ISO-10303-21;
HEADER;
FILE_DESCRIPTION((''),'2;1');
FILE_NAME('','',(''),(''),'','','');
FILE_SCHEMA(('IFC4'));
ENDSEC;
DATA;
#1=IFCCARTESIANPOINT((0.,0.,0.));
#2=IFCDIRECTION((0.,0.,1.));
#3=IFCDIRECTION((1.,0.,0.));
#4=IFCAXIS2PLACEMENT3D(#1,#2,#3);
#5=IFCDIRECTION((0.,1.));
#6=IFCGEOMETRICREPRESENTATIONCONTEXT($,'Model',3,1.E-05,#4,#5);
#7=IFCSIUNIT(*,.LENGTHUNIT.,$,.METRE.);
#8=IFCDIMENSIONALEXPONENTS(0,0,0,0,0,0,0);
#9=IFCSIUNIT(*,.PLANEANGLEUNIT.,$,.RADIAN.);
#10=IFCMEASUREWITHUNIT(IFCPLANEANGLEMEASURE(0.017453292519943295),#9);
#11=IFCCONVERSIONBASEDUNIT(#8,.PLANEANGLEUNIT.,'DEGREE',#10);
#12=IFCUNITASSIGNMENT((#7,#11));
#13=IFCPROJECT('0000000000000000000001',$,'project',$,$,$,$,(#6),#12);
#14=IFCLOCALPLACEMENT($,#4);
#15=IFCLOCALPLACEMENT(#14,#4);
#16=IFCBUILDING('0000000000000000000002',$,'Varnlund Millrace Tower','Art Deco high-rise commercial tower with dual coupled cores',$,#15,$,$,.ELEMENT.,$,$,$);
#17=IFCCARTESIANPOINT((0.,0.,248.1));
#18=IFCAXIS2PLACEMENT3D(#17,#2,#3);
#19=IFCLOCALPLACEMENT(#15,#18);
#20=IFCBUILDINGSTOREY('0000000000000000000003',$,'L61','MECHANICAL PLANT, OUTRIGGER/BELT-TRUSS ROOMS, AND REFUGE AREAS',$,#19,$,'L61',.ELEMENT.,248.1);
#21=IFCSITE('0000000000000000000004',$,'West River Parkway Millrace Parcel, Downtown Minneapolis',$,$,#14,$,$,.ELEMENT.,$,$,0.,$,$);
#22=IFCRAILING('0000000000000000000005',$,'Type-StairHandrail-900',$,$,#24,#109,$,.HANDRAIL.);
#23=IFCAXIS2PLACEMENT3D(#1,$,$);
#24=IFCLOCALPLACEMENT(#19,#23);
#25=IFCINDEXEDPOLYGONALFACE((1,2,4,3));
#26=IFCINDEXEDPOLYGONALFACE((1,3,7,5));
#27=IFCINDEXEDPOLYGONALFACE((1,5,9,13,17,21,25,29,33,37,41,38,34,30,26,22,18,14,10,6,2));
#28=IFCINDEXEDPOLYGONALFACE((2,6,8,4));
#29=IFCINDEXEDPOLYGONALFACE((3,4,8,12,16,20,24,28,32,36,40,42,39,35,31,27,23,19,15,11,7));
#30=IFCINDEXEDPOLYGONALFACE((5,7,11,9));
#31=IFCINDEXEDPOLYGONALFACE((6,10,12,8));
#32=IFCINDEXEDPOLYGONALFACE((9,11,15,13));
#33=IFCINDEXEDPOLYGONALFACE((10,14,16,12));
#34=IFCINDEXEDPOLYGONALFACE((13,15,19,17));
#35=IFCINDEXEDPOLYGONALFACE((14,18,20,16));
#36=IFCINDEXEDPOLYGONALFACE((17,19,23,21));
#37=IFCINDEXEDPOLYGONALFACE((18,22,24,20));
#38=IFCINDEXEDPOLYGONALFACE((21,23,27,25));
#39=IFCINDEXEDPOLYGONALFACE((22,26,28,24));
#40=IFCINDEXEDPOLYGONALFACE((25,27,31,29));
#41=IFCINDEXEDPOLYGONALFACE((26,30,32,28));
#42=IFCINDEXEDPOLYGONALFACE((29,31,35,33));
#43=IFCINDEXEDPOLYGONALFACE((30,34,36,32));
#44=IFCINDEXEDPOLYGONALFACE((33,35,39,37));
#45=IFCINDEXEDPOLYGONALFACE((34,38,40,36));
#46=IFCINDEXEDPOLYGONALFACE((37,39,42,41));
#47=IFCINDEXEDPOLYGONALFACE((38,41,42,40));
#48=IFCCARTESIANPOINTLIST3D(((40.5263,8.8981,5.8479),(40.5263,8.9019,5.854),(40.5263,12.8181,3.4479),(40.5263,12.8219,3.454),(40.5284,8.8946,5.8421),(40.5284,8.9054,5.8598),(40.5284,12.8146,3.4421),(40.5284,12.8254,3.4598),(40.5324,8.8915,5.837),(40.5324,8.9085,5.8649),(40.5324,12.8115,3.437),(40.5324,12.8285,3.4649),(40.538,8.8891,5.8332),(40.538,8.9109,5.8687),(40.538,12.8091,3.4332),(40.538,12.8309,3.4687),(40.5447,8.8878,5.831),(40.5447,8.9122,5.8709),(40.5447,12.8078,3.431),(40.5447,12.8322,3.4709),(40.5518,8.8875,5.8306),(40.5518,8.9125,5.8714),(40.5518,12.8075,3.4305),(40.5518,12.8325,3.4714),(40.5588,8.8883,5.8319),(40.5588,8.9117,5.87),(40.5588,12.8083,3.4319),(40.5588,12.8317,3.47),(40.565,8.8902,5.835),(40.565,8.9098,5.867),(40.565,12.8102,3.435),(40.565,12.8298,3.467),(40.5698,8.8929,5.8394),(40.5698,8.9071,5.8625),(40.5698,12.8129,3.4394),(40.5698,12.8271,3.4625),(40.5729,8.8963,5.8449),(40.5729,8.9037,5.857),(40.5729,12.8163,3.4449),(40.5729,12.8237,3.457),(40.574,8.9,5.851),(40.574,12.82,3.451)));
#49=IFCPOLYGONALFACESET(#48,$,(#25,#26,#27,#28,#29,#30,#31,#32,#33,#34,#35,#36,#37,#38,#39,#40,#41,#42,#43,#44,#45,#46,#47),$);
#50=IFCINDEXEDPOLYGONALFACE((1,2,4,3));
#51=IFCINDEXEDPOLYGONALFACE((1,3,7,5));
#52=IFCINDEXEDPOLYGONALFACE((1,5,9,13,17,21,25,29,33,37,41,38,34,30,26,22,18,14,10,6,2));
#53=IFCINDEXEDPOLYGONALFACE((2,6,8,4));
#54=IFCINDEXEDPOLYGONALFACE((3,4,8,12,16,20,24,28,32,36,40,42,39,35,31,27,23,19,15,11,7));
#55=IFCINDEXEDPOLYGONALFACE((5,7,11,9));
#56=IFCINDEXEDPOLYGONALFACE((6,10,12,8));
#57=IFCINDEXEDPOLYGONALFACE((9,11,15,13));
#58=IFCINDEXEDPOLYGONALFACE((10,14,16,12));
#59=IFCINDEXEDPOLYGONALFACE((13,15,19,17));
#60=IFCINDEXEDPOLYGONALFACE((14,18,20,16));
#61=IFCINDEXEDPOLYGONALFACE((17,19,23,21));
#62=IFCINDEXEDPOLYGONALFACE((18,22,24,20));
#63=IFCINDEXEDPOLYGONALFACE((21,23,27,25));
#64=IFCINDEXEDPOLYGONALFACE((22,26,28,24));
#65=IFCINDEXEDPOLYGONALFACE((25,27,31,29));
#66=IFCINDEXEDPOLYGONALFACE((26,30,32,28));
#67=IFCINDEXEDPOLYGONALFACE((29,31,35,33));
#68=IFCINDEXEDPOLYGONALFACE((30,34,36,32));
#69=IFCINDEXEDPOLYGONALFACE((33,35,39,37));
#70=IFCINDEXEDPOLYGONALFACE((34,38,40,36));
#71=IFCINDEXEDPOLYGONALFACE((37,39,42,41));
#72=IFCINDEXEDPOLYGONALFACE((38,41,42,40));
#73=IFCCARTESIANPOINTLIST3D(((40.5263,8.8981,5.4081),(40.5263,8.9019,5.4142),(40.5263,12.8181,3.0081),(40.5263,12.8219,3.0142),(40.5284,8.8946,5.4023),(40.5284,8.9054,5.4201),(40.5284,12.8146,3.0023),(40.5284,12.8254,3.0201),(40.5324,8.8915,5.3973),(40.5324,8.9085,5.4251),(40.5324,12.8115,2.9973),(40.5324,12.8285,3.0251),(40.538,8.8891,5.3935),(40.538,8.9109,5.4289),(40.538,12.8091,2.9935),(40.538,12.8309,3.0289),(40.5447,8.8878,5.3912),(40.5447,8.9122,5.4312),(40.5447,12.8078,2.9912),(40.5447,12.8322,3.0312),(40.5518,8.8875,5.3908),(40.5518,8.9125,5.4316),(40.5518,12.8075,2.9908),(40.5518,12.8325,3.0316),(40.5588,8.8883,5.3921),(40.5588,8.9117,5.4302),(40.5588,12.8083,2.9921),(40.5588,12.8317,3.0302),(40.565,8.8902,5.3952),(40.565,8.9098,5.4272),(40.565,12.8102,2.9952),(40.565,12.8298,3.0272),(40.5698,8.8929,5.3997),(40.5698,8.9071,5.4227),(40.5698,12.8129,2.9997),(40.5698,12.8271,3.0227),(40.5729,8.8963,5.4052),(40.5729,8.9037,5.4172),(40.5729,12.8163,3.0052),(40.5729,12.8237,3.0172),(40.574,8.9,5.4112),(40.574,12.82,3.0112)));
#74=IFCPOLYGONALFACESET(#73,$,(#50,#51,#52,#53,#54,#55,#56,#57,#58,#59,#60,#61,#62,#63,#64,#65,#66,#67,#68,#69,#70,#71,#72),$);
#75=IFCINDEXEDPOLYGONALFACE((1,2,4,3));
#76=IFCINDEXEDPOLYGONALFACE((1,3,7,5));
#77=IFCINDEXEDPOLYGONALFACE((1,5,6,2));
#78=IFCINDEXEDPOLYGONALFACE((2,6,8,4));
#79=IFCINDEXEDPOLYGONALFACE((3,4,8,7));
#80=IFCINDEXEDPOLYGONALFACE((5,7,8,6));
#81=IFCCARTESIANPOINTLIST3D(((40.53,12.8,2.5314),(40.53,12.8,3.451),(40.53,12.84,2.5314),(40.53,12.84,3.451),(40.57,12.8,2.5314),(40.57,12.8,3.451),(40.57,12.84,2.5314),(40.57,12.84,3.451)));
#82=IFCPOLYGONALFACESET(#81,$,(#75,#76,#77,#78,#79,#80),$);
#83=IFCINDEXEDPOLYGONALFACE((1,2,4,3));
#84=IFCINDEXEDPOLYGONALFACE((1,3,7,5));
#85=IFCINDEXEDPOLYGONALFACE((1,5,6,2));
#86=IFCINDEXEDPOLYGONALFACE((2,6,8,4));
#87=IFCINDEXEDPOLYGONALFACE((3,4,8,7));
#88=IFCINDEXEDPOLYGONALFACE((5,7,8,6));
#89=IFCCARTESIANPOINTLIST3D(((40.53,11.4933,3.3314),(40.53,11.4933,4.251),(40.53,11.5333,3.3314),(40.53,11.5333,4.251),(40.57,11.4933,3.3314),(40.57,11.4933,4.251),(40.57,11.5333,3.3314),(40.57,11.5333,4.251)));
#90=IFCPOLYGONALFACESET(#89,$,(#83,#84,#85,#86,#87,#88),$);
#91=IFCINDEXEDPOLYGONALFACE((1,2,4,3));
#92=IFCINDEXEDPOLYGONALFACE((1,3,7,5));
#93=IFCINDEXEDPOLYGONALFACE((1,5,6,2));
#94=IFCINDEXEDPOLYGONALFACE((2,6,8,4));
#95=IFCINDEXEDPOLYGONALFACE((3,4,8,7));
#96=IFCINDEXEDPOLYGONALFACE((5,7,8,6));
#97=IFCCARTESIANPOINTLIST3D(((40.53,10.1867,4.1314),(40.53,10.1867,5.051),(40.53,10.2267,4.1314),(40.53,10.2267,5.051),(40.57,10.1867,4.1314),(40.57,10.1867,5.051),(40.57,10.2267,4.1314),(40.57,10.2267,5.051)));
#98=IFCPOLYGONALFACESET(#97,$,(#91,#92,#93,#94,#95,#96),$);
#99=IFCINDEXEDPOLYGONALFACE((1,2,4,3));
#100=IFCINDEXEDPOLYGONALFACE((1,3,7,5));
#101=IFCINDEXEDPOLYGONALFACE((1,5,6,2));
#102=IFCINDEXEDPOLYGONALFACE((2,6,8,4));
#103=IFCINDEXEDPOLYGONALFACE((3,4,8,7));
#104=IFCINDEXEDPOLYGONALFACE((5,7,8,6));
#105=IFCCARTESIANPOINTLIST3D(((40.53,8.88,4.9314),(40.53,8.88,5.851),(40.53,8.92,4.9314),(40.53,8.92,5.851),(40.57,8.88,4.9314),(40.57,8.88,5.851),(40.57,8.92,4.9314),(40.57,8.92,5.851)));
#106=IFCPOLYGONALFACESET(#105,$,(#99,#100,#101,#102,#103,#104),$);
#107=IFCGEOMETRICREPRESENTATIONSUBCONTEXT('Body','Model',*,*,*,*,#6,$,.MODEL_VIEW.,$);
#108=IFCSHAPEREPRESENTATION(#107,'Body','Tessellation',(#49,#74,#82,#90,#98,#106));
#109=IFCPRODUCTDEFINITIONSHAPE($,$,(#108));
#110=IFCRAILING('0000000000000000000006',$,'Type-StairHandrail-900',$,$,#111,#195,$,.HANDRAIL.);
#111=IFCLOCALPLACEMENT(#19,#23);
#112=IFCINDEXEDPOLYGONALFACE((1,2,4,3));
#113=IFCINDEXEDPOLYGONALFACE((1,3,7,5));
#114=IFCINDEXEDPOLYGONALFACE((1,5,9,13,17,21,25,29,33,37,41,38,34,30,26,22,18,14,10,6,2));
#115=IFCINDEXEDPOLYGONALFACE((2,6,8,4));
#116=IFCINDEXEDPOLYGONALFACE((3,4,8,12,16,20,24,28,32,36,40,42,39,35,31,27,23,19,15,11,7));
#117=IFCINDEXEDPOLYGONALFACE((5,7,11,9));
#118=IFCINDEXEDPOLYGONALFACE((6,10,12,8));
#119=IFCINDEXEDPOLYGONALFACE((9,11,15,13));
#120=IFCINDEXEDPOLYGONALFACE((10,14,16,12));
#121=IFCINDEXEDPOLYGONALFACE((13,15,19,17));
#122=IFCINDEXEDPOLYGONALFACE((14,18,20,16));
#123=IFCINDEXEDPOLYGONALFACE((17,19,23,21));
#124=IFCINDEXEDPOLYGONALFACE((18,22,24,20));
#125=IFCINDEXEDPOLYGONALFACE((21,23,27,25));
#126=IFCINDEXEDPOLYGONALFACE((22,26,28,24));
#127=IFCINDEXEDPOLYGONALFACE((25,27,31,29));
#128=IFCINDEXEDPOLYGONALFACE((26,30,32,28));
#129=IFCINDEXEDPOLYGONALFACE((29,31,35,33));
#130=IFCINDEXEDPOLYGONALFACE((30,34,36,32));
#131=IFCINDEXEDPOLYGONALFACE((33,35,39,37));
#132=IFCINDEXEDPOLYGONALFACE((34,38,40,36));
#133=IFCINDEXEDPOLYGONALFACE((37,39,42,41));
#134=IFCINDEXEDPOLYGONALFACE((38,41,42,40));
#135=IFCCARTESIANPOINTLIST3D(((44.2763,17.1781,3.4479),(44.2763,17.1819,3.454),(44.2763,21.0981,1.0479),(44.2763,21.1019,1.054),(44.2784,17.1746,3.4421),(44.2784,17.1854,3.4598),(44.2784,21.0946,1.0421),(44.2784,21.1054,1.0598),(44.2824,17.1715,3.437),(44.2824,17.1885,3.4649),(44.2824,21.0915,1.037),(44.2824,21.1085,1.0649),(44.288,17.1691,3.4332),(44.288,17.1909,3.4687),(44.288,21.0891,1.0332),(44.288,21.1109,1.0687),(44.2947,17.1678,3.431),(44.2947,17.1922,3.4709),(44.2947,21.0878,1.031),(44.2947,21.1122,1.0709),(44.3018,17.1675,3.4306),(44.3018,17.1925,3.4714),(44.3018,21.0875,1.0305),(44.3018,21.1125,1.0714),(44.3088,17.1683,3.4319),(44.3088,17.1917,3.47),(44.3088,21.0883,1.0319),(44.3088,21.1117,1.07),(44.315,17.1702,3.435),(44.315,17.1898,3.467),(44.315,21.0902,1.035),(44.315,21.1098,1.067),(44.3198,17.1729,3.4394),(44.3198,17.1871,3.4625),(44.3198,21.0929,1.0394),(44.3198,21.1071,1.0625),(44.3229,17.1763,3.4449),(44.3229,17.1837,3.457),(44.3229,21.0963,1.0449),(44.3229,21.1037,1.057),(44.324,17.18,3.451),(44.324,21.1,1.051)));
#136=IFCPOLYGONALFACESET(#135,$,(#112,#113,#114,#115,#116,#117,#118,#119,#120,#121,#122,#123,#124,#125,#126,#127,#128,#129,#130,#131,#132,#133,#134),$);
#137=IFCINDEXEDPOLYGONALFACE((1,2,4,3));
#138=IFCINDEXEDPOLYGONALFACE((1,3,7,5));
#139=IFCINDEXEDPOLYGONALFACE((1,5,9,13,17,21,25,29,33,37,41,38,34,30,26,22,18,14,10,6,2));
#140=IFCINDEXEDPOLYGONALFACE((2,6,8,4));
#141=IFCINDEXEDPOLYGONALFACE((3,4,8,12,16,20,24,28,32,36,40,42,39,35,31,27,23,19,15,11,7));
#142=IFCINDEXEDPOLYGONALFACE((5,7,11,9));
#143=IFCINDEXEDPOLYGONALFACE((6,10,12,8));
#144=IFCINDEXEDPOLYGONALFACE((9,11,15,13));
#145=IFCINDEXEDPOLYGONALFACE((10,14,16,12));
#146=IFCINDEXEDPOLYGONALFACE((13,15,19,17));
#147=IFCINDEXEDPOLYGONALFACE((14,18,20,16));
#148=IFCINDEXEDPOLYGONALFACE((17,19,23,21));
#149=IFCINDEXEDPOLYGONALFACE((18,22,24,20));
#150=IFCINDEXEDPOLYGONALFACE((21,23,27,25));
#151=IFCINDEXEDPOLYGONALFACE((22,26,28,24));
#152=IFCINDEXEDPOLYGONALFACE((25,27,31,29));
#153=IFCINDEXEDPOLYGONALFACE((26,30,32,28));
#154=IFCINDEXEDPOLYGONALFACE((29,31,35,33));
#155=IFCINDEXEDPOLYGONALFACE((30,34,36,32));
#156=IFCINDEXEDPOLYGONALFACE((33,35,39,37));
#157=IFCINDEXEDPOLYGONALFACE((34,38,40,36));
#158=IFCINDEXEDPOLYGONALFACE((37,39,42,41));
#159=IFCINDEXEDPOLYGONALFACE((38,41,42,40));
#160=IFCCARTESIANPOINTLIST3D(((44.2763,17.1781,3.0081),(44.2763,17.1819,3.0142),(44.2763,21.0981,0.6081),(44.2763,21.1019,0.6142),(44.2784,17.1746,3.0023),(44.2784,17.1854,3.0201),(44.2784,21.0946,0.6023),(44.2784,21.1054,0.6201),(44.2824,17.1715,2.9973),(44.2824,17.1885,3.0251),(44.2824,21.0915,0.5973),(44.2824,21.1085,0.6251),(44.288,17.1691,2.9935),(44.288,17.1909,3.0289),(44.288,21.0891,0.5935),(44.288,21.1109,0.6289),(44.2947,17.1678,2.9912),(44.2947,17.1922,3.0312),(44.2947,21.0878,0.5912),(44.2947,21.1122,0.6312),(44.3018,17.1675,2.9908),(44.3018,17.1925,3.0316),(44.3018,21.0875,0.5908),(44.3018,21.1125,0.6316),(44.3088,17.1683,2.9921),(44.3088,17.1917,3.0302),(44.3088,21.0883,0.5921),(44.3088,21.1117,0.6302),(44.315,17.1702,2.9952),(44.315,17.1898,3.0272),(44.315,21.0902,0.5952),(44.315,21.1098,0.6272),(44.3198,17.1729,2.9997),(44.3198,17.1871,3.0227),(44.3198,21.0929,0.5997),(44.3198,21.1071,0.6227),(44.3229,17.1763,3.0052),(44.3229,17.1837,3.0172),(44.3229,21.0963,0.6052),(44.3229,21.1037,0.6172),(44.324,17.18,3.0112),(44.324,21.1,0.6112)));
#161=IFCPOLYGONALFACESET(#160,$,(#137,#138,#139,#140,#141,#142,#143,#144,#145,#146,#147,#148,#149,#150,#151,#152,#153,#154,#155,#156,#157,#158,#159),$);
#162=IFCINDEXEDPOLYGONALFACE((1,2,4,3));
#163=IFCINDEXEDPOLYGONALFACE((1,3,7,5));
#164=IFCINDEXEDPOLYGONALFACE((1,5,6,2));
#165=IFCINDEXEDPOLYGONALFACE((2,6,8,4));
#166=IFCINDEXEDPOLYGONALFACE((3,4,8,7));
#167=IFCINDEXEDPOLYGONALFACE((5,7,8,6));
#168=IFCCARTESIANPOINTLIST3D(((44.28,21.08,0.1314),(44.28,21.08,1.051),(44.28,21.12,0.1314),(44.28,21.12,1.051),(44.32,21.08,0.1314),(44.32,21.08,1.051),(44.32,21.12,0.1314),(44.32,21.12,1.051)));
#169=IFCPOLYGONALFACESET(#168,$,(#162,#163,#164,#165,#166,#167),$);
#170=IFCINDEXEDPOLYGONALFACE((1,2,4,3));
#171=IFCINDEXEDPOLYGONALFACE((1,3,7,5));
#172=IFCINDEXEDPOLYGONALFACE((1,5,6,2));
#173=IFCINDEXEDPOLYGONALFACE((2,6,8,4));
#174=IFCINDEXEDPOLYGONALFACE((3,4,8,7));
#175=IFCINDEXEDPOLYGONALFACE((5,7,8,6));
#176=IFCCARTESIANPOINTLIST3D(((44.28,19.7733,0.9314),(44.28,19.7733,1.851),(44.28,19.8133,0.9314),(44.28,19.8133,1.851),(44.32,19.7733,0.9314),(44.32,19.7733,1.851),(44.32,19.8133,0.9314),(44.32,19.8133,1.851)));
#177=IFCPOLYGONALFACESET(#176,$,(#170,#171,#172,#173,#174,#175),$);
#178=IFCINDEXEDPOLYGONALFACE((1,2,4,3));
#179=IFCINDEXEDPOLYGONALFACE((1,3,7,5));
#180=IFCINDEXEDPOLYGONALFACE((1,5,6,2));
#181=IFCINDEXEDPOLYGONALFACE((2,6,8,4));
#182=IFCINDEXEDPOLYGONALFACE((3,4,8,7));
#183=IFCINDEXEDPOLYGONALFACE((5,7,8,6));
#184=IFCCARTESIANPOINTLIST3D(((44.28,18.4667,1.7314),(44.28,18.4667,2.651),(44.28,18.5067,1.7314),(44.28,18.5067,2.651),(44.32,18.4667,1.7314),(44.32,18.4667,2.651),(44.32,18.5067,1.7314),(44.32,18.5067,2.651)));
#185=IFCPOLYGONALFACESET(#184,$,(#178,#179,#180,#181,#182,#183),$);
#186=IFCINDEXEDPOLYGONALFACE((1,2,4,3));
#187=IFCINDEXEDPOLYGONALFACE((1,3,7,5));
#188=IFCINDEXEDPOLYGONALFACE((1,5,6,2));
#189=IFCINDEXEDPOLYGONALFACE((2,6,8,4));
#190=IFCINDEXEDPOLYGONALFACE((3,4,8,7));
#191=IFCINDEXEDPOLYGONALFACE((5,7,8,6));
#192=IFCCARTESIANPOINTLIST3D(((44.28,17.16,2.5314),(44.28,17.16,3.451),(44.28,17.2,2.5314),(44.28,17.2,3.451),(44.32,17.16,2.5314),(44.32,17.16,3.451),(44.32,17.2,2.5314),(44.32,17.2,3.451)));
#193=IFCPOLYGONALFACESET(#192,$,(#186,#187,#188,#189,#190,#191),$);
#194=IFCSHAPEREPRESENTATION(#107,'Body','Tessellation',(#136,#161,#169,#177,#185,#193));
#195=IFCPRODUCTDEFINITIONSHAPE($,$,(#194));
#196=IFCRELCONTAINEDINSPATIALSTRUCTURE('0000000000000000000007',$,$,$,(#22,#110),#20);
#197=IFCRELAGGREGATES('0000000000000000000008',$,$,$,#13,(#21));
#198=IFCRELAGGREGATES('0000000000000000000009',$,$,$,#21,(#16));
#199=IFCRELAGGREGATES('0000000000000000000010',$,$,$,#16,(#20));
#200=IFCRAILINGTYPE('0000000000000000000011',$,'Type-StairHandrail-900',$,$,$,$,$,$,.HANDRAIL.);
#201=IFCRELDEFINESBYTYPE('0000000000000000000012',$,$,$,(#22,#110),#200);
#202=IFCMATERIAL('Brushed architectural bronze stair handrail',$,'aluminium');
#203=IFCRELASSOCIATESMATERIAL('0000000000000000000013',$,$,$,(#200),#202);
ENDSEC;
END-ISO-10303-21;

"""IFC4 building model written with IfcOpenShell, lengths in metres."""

from ifc_helpers import new_model, entity, si_unit, converted_unit, direction, frame, origin_with_axes, origin_2d_with_axis, place, context, subcontext, project, spatial, rectangle, circle, extrude, material, type_object, element, save


model = new_model("IFC4")

# Units and contexts
model_context = context("Model", 3, precision=1e-05, world=origin_with_axes(), true_north=direction((0.0, 1.0)))
body_context = subcontext(model_context, "Body", "Model", "MODEL_VIEW")
ifc_project = project(units=[si_unit("LENGTHUNIT", "METRE"), converted_unit("PLANEANGLEUNIT", "DEGREE", entity("IfcPlaneAngleMeasure", 0.017453292519943295), si_unit("PLANEANGLEUNIT", "RADIAN"), dimensions=[0, 0, 0, 0, 0, 0, 0])], contexts=[model_context])

# Site, building, storey
site_placement = place(None, origin_with_axes())
site = spatial("IfcSite", under=ifc_project, at=site_placement, Name="West River Parkway Millrace Parcel, Downtown Minneapolis", CompositionType="ELEMENT", RefElevation=0.0)
building_placement = place(site_placement, origin_with_axes())
building = spatial("IfcBuilding", under=site, at=building_placement, Name="Varnlund Millrace Tower", Description="Art Deco high-rise commercial tower with dual coupled cores", CompositionType="ELEMENT")
storey_placement = place(building_placement, frame((0.0, 0.0, 248.1), z_axis=(0.0, 0.0, 1.0), x_axis=(1.0, 0.0, 0.0)))
storey = spatial("IfcBuildingStorey", under=building, at=storey_placement, Name="L61", Description="MECHANICAL PLANT, OUTRIGGER/BELT-TRUSS ROOMS, AND REFUGE AREAS", LongName="L61", CompositionType="ELEMENT", Elevation=248.1)

# Railings
ifc_material_1 = material(Name="Brushed architectural bronze stair handrail", Category="aluminium")
railing_type_1 = type_object("IfcRailingType", Name="Type-StairHandrail-900", PredefinedType="HANDRAIL", material=ifc_material_1)
railing_1_placement = place(storey_placement, frame((0.0, 0.0, -248.1), z_axis=(0.0, 0.0, 1.0), x_axis=(1.0, 0.0, 0.0)))
element("IfcRailing", 1, at=railing_1_placement, inside=storey, type_object=railing_type_1, Name="Type-StairHandrail-900", PredefinedType="HANDRAIL", context=body_context, shape_type="SweptSolid", body=[
    extrude(circle(Radius=0.024, at=origin_2d_with_axis()), frame((40.55, 12.82, 251.551), z_axis=(0.0, -0.852851, 0.522154), x_axis=(1.0, 0.0, 0.0)), (0.0, 0.0, 1.0), 4.5963),
    extrude(circle(Radius=0.024, at=origin_2d_with_axis()), frame((40.55, 12.82, 251.1112), z_axis=(0.0, -0.852851, 0.522154), x_axis=(1.0, 0.0, 0.0)), (0.0, 0.0, 1.0), 4.5963),
    extrude(rectangle(XDim=0.04, YDim=0.04, at=origin_2d_with_axis()), frame((40.55, 12.82, 250.6314), z_axis=(0.0, 0.0, 1.0), x_axis=(1.0, 0.0, 0.0)), (0.0, 0.0, 1.0), 0.9195),
    extrude(rectangle(XDim=0.04, YDim=0.04, at=origin_2d_with_axis()), frame((40.55, 11.5133, 251.4314), z_axis=(0.0, 0.0, 1.0), x_axis=(1.0, 0.0, 0.0)), (0.0, 0.0, 1.0), 0.9195),
    extrude(rectangle(XDim=0.04, YDim=0.04, at=origin_2d_with_axis()), frame((40.55, 10.2067, 252.2314), z_axis=(0.0, 0.0, 1.0), x_axis=(1.0, 0.0, 0.0)), (0.0, 0.0, 1.0), 0.9195),
    extrude(rectangle(XDim=0.04, YDim=0.04, at=origin_2d_with_axis()), frame((40.55, 8.9, 253.0314), z_axis=(0.0, 0.0, 1.0), x_axis=(1.0, 0.0, 0.0)), (0.0, 0.0, 1.0), 0.9195),
])
railing_2_placement = place(storey_placement, frame((0.0, 0.0, -248.1), z_axis=(0.0, 0.0, 1.0), x_axis=(1.0, 0.0, 0.0)))
element("IfcRailing", 2, at=railing_2_placement, inside=storey, type_object=railing_type_1, Name="Type-StairHandrail-900", PredefinedType="HANDRAIL", context=body_context, shape_type="SweptSolid", body=[
    extrude(circle(Radius=0.024, at=origin_2d_with_axis()), frame((44.3, 21.1, 249.151), z_axis=(0.0, -0.852851, 0.522154), x_axis=(1.0, 0.0, 0.0)), (0.0, 0.0, 1.0), 4.5963),
    extrude(circle(Radius=0.024, at=origin_2d_with_axis()), frame((44.3, 21.1, 248.7112), z_axis=(0.0, -0.852851, 0.522154), x_axis=(1.0, 0.0, 0.0)), (0.0, 0.0, 1.0), 4.5963),
    extrude(rectangle(XDim=0.04, YDim=0.04, at=origin_2d_with_axis()), frame((44.3, 21.1, 248.2314), z_axis=(0.0, 0.0, 1.0), x_axis=(1.0, 0.0, 0.0)), (0.0, 0.0, 1.0), 0.9195),
    extrude(rectangle(XDim=0.04, YDim=0.04, at=origin_2d_with_axis()), frame((44.3, 19.7933, 249.0314), z_axis=(0.0, 0.0, 1.0), x_axis=(1.0, 0.0, 0.0)), (0.0, 0.0, 1.0), 0.9195),
    extrude(rectangle(XDim=0.04, YDim=0.04, at=origin_2d_with_axis()), frame((44.3, 18.4867, 249.8314), z_axis=(0.0, 0.0, 1.0), x_axis=(1.0, 0.0, 0.0)), (0.0, 0.0, 1.0), 0.9195),
    extrude(rectangle(XDim=0.04, YDim=0.04, at=origin_2d_with_axis()), frame((44.3, 17.18, 250.6314), z_axis=(0.0, 0.0, 1.0), x_axis=(1.0, 0.0, 0.0)), (0.0, 0.0, 1.0), 0.9195),
])

save(model, "model.ifc")
